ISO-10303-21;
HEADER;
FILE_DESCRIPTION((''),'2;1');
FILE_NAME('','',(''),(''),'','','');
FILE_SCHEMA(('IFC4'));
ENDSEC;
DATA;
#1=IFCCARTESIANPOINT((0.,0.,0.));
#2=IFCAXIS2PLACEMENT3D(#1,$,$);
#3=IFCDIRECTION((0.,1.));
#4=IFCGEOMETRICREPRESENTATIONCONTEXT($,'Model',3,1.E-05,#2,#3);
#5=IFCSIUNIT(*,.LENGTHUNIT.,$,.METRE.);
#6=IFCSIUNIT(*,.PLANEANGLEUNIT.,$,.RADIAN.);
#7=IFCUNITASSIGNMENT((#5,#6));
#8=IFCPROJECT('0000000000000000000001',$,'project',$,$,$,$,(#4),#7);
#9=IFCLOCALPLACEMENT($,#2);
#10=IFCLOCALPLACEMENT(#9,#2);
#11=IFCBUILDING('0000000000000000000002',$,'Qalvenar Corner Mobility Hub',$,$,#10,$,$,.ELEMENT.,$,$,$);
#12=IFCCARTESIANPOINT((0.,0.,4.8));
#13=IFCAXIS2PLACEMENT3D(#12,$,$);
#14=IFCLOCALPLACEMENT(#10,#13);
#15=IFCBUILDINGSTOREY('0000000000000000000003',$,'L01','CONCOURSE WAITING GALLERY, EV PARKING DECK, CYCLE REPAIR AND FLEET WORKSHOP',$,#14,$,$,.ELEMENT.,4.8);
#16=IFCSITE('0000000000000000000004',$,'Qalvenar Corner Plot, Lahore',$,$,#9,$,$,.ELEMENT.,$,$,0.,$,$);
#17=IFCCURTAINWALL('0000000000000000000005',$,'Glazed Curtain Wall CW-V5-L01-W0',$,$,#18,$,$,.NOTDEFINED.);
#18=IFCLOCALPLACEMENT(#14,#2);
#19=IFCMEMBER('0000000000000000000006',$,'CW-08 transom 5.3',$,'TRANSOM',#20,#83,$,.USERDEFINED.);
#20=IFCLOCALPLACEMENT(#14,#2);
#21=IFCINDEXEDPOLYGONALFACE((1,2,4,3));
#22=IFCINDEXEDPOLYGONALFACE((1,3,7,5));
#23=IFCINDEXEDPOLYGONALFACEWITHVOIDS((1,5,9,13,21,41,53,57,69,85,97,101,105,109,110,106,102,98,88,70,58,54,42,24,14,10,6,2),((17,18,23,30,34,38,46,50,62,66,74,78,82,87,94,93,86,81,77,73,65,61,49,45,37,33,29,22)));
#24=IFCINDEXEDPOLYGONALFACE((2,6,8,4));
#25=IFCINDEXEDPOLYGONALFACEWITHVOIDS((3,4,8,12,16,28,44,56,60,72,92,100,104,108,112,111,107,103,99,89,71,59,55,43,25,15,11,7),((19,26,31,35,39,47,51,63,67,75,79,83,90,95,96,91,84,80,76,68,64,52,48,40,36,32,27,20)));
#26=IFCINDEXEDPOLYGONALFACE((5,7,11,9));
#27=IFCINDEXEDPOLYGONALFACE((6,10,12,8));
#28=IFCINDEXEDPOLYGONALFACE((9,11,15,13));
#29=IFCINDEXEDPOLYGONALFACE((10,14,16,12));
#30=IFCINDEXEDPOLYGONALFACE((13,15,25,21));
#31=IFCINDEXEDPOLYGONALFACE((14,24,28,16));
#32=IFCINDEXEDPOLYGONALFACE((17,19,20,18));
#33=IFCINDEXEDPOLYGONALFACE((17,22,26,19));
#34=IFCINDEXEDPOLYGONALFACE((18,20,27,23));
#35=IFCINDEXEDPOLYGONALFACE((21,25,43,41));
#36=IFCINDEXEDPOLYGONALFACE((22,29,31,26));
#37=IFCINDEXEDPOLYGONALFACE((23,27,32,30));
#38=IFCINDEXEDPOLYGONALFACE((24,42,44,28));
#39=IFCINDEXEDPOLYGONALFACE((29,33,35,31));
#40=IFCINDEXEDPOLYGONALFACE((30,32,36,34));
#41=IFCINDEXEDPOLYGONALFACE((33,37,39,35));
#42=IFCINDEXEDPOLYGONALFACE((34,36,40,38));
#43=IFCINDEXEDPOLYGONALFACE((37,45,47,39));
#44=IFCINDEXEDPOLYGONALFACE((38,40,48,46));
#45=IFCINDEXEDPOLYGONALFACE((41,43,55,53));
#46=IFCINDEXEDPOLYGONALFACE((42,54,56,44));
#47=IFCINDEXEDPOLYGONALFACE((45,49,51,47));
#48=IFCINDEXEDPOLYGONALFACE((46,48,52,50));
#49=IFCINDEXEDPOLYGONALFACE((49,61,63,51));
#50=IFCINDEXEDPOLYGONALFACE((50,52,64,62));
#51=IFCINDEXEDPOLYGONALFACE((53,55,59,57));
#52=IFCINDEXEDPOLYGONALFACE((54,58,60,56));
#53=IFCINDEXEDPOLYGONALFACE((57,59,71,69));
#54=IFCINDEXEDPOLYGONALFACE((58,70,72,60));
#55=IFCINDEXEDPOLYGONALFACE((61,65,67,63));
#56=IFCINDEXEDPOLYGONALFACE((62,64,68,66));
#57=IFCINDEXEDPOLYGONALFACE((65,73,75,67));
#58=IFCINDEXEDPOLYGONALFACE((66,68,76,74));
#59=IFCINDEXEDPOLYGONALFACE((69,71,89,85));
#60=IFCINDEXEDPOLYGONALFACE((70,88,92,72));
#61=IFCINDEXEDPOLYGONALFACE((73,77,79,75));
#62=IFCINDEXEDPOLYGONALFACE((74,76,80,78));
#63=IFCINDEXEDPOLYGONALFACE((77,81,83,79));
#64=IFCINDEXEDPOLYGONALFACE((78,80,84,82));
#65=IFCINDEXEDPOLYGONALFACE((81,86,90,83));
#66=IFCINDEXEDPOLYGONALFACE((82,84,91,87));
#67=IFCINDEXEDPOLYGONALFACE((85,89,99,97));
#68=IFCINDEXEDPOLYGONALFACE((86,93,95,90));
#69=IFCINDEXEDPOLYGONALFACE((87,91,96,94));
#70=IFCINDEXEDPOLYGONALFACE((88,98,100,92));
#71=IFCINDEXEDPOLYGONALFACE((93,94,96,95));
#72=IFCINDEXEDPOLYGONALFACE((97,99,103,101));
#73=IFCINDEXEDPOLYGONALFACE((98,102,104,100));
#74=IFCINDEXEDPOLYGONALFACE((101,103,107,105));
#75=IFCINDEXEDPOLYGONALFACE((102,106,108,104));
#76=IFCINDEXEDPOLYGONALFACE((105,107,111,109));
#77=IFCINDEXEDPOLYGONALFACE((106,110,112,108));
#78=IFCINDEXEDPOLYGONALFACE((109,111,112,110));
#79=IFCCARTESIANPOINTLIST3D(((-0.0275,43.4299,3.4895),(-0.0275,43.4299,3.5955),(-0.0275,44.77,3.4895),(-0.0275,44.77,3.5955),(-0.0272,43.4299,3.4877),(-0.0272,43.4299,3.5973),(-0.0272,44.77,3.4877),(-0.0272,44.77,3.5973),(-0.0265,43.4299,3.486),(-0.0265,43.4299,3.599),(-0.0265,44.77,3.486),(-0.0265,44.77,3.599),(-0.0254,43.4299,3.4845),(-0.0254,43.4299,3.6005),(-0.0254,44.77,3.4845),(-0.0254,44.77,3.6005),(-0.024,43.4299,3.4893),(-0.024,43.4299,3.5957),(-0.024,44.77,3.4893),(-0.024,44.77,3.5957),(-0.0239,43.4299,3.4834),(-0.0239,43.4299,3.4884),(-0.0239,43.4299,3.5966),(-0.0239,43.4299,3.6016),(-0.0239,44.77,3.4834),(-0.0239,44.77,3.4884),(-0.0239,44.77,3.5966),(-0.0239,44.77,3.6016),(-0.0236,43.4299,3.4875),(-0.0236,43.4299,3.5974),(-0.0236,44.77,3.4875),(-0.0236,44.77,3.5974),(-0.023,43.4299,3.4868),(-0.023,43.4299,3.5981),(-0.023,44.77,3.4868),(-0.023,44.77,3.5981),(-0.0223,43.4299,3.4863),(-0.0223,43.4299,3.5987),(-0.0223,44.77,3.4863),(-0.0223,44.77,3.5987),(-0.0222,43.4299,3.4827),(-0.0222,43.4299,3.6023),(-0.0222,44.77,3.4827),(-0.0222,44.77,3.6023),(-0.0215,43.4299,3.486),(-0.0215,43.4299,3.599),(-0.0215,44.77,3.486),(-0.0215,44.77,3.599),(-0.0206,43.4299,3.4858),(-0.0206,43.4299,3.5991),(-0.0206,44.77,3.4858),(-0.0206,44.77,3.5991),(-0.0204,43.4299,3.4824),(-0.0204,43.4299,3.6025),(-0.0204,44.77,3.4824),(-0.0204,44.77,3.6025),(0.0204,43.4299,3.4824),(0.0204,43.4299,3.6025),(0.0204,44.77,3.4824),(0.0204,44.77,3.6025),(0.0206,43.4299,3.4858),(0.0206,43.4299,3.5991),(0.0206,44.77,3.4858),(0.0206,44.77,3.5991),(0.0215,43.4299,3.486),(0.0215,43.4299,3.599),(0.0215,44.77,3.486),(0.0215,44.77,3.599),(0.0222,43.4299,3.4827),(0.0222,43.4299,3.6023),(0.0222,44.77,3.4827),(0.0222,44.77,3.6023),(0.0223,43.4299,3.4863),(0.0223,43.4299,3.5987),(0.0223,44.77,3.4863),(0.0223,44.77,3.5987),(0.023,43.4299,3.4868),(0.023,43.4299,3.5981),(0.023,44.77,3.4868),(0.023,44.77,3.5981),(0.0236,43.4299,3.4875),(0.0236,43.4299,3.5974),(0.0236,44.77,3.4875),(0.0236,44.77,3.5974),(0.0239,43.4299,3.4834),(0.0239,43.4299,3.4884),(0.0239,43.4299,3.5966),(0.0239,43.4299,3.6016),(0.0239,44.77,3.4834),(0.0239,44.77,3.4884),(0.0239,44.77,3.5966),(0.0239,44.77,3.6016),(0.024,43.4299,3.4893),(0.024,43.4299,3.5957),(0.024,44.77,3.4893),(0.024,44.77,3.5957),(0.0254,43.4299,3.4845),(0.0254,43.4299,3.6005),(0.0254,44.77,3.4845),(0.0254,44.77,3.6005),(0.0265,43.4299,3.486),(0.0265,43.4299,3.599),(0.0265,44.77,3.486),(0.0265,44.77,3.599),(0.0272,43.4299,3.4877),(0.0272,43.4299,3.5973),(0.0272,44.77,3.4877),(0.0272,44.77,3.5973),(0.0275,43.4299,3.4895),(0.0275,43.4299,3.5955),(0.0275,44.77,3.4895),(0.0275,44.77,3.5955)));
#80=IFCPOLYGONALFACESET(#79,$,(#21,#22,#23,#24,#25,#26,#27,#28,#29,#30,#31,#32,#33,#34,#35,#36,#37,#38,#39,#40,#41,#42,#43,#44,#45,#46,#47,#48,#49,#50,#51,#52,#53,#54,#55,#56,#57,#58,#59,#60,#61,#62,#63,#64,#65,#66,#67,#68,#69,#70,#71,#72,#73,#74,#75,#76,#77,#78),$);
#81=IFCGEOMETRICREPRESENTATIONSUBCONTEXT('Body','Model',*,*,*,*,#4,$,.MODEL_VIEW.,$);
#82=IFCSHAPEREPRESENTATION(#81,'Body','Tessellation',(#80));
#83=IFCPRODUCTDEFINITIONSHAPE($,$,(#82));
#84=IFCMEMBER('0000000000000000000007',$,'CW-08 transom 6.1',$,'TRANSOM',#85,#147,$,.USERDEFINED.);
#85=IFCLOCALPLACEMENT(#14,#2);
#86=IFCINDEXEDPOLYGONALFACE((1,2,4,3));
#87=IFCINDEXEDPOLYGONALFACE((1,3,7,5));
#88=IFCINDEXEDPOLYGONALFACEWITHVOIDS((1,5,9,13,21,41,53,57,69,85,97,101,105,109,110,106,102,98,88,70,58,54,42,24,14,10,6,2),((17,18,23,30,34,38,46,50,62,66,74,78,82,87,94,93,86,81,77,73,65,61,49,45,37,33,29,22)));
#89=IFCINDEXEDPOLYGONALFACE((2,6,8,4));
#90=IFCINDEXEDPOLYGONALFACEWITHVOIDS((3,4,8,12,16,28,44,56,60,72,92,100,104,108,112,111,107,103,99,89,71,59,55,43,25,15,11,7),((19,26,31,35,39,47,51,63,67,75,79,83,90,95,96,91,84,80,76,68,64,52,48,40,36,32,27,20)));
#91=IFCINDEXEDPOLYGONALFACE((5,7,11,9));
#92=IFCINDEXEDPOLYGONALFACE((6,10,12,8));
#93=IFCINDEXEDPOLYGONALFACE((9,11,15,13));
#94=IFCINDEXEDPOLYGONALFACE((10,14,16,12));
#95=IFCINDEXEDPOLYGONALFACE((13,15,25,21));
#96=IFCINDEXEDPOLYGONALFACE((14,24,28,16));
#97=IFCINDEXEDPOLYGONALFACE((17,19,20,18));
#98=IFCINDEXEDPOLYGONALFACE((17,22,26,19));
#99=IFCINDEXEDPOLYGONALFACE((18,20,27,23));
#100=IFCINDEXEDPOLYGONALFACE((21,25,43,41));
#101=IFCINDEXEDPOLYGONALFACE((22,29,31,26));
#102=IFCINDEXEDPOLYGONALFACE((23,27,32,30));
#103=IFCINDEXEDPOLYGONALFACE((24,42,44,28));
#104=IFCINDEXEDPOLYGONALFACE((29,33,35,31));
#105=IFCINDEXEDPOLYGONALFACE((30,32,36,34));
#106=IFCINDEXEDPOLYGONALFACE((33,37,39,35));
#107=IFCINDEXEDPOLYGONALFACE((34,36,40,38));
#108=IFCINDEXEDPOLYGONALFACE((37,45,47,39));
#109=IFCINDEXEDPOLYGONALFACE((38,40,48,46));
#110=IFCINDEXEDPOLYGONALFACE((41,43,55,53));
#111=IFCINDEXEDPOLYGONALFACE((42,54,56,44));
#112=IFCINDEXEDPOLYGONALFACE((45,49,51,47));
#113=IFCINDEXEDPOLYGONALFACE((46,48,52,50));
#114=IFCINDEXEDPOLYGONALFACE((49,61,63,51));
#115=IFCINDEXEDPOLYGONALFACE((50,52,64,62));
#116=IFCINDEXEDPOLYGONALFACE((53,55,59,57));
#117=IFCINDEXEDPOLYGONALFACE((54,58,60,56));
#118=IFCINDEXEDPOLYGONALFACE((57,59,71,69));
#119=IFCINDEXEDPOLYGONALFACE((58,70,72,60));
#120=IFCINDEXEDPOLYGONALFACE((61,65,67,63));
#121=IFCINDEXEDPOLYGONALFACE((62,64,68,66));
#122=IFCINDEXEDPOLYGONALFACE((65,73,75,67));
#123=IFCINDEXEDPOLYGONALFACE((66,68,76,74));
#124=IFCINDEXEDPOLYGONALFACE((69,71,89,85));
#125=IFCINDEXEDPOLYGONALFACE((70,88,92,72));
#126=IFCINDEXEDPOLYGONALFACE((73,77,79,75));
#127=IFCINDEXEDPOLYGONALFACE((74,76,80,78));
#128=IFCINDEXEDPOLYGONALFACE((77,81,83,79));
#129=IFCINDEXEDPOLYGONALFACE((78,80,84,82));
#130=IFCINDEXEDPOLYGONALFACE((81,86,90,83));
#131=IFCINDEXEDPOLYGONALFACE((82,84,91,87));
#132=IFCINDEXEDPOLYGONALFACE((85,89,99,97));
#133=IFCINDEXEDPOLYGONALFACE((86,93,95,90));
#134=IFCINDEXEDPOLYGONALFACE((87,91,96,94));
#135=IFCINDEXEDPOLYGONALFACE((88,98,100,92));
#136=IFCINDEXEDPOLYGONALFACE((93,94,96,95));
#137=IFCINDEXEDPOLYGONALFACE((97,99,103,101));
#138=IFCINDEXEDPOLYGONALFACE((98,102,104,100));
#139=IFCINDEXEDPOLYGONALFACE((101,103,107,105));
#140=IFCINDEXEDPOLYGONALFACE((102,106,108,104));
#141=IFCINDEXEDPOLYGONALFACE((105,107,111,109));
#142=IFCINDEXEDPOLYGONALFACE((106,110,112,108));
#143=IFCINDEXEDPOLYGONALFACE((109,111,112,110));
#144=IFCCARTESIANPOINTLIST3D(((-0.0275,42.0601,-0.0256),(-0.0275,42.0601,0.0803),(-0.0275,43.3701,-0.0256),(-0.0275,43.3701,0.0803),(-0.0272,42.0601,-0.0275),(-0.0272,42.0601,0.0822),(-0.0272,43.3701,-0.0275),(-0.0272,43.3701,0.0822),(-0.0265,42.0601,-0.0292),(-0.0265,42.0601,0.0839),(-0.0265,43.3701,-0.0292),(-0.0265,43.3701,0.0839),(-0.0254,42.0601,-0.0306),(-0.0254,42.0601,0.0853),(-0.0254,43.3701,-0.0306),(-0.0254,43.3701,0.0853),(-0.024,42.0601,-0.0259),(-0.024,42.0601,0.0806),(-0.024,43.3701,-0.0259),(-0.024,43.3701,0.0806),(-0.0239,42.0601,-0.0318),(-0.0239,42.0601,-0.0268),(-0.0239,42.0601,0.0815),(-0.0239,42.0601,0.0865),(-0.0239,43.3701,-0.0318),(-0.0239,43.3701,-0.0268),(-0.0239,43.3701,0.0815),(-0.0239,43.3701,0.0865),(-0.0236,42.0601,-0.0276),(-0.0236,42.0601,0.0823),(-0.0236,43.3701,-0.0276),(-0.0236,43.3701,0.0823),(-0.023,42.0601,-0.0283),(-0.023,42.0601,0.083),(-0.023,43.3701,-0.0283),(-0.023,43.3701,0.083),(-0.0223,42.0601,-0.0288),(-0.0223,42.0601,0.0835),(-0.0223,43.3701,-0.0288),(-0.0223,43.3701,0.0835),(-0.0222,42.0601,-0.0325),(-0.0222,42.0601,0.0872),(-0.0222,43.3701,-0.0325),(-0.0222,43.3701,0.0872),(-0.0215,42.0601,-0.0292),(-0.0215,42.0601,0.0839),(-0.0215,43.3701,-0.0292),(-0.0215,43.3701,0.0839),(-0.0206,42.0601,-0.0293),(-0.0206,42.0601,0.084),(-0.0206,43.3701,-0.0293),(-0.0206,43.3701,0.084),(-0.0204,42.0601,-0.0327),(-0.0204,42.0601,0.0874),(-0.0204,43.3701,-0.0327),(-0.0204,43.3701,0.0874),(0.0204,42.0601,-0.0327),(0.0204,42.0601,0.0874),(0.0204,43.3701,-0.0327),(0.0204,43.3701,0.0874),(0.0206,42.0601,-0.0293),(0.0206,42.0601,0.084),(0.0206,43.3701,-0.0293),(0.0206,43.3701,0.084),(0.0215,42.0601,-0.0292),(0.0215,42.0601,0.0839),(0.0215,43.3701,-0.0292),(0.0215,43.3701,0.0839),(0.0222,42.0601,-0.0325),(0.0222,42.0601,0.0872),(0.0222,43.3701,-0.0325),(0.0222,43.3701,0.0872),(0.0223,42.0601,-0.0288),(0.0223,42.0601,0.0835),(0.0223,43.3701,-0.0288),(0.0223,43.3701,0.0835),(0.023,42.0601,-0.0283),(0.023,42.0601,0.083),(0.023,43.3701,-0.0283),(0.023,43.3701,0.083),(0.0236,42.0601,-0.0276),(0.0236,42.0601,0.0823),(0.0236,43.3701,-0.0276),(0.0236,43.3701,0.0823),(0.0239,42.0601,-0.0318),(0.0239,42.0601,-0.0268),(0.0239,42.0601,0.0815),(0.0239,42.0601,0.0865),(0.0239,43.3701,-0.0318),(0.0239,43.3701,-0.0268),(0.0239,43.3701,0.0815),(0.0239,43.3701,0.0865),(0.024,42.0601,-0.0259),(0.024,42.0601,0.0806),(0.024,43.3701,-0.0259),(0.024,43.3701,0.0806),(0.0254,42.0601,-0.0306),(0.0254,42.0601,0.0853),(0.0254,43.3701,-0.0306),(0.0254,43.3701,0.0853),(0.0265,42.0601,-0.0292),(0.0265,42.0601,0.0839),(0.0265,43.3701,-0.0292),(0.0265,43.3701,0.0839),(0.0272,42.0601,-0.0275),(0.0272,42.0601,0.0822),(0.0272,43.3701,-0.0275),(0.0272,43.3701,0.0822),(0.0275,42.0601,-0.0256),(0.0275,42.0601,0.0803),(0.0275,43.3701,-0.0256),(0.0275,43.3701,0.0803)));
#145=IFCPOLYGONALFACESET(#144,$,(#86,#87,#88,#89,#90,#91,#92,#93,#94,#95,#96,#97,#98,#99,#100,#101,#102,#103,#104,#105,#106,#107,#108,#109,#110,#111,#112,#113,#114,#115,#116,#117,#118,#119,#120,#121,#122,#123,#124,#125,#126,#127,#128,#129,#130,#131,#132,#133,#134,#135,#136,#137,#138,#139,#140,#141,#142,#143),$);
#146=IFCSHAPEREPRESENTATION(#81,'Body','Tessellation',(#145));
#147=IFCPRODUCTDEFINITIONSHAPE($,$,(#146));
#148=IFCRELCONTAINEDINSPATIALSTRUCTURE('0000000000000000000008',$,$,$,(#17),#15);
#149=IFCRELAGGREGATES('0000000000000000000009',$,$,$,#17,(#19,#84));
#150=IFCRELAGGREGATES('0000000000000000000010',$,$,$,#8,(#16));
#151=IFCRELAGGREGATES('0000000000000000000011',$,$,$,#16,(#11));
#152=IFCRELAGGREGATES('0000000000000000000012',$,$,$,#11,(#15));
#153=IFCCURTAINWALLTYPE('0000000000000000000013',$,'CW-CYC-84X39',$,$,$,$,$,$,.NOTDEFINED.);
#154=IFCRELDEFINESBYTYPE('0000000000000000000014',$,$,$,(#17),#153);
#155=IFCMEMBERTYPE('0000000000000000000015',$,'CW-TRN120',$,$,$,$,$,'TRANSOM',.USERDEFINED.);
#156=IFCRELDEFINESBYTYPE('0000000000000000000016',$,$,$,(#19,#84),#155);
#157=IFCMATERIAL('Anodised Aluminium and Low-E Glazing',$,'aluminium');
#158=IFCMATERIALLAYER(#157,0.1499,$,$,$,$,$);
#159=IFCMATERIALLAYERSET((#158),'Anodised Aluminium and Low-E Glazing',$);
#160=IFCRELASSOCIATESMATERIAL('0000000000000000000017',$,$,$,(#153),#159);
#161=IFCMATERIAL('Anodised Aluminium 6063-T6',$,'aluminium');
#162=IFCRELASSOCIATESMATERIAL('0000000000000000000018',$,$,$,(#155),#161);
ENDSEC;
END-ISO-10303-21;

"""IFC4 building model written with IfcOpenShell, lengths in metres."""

from ifc_helpers import new_model, si_unit, direction, frame, origin, origin_2d, place, context, subcontext, project, spatial, hollow_rectangle, extrude, material, layer, layer_set, material_profile, profile_set, type_object, element, aggregate, save


model = new_model("IFC4")

# Units and contexts
model_context = context("Model", 3, precision=1e-05, world=origin(), true_north=direction((0.0, 1.0)))
body_context = subcontext(model_context, "Body", "Model", "MODEL_VIEW")
ifc_project = project(units=[si_unit("LENGTHUNIT", "METRE"), si_unit("PLANEANGLEUNIT", "RADIAN")], contexts=[model_context])

# Site, building, storey
site_placement = place(None, origin())
site = spatial("IfcSite", under=ifc_project, at=site_placement, Name="Qalvenar Corner Plot, Lahore", CompositionType="ELEMENT", RefElevation=0.0)
building_placement = place(site_placement, origin())
building = spatial("IfcBuilding", under=site, at=building_placement, Name="Qalvenar Corner Mobility Hub", CompositionType="ELEMENT")
storey_placement = place(building_placement, frame((0.0, 0.0, 4.8)))
storey = spatial("IfcBuildingStorey", under=building, at=storey_placement, Name="L01", Description="CONCOURSE WAITING GALLERY, EV PARKING DECK, CYCLE REPAIR AND FLEET WORKSHOP", CompositionType="ELEMENT", Elevation=4.8)

# Curtain wall, members
ifc_material_1 = material(Name="Anodised Aluminium and Low-E Glazing", Category="aluminium")
ifc_layer_1 = layer(ifc_material_1, 0.1499)
ifc_layer_set_1 = layer_set([ifc_layer_1], Name="Anodised Aluminium and Low-E Glazing")
curtain_wall_type = type_object("IfcCurtainWallType", Name="CW-CYC-84X39", PredefinedType="NOTDEFINED", material=ifc_layer_set_1)
curtain_wall_placement = place(storey_placement, origin())
curtain_wall = element("IfcCurtainWall", 1, at=curtain_wall_placement, inside=storey, type_object=curtain_wall_type, Name="Glazed Curtain Wall CW-V5-L01-W0", PredefinedType="NOTDEFINED")
ifc_material_2 = material(Name="Anodised Aluminium 6063-T6", Category="aluminium")
ifc_material_profile_1 = material_profile(ifc_material_2, hollow_rectangle(XDim=0.0549, YDim=0.1201, WallThickness=0.0034, InnerFilletRadius=0.0034, OuterFilletRadius=0.0071, at=origin_2d()), Name="RHS120x55x3.5")
ifc_profile_set_1 = profile_set([ifc_material_profile_1], Name="Anodised Aluminium 6063-T6")
member_type_1 = type_object("IfcMemberType", Name="CW-TRN120", ElementType="TRANSOM", PredefinedType="USERDEFINED", material=ifc_profile_set_1)
member_1_placement = place(storey_placement, frame((0.0, 44.77, 3.5425), z_axis=(0.0, -1.0, 0.0), x_axis=(1.0, 0.0, 0.0)))
member_1 = element("IfcMember", 2, at=member_1_placement, type_object=member_type_1, Name="CW-08 transom 5.3", ObjectType="TRANSOM", PredefinedType="USERDEFINED", context=body_context, shape_type="SweptSolid", body=[
    extrude(hollow_rectangle(XDim=0.0549, YDim=0.1201, WallThickness=0.0034, InnerFilletRadius=0.0034, OuterFilletRadius=0.0071, at=origin_2d()), origin(), (0.0, 0.0, 1.0), 1.3401),
])
member_2_placement = place(storey_placement, frame((0.0, 43.3701, 0.0273), z_axis=(0.0, -1.0, 0.0), x_axis=(1.0, 0.0, 0.0)))
member_2 = element("IfcMember", 3, at=member_2_placement, type_object=member_type_1, Name="CW-08 transom 6.1", ObjectType="TRANSOM", PredefinedType="USERDEFINED", context=body_context, shape_type="SweptSolid", body=[
    extrude(hollow_rectangle(XDim=0.0549, YDim=0.1201, WallThickness=0.0034, InnerFilletRadius=0.0034, OuterFilletRadius=0.0071, at=origin_2d()), origin(), (0.0, 0.0, 1.0), 1.3101),
])
aggregate(curtain_wall, [member_1, member_2])

save(model, "model.ifc")
